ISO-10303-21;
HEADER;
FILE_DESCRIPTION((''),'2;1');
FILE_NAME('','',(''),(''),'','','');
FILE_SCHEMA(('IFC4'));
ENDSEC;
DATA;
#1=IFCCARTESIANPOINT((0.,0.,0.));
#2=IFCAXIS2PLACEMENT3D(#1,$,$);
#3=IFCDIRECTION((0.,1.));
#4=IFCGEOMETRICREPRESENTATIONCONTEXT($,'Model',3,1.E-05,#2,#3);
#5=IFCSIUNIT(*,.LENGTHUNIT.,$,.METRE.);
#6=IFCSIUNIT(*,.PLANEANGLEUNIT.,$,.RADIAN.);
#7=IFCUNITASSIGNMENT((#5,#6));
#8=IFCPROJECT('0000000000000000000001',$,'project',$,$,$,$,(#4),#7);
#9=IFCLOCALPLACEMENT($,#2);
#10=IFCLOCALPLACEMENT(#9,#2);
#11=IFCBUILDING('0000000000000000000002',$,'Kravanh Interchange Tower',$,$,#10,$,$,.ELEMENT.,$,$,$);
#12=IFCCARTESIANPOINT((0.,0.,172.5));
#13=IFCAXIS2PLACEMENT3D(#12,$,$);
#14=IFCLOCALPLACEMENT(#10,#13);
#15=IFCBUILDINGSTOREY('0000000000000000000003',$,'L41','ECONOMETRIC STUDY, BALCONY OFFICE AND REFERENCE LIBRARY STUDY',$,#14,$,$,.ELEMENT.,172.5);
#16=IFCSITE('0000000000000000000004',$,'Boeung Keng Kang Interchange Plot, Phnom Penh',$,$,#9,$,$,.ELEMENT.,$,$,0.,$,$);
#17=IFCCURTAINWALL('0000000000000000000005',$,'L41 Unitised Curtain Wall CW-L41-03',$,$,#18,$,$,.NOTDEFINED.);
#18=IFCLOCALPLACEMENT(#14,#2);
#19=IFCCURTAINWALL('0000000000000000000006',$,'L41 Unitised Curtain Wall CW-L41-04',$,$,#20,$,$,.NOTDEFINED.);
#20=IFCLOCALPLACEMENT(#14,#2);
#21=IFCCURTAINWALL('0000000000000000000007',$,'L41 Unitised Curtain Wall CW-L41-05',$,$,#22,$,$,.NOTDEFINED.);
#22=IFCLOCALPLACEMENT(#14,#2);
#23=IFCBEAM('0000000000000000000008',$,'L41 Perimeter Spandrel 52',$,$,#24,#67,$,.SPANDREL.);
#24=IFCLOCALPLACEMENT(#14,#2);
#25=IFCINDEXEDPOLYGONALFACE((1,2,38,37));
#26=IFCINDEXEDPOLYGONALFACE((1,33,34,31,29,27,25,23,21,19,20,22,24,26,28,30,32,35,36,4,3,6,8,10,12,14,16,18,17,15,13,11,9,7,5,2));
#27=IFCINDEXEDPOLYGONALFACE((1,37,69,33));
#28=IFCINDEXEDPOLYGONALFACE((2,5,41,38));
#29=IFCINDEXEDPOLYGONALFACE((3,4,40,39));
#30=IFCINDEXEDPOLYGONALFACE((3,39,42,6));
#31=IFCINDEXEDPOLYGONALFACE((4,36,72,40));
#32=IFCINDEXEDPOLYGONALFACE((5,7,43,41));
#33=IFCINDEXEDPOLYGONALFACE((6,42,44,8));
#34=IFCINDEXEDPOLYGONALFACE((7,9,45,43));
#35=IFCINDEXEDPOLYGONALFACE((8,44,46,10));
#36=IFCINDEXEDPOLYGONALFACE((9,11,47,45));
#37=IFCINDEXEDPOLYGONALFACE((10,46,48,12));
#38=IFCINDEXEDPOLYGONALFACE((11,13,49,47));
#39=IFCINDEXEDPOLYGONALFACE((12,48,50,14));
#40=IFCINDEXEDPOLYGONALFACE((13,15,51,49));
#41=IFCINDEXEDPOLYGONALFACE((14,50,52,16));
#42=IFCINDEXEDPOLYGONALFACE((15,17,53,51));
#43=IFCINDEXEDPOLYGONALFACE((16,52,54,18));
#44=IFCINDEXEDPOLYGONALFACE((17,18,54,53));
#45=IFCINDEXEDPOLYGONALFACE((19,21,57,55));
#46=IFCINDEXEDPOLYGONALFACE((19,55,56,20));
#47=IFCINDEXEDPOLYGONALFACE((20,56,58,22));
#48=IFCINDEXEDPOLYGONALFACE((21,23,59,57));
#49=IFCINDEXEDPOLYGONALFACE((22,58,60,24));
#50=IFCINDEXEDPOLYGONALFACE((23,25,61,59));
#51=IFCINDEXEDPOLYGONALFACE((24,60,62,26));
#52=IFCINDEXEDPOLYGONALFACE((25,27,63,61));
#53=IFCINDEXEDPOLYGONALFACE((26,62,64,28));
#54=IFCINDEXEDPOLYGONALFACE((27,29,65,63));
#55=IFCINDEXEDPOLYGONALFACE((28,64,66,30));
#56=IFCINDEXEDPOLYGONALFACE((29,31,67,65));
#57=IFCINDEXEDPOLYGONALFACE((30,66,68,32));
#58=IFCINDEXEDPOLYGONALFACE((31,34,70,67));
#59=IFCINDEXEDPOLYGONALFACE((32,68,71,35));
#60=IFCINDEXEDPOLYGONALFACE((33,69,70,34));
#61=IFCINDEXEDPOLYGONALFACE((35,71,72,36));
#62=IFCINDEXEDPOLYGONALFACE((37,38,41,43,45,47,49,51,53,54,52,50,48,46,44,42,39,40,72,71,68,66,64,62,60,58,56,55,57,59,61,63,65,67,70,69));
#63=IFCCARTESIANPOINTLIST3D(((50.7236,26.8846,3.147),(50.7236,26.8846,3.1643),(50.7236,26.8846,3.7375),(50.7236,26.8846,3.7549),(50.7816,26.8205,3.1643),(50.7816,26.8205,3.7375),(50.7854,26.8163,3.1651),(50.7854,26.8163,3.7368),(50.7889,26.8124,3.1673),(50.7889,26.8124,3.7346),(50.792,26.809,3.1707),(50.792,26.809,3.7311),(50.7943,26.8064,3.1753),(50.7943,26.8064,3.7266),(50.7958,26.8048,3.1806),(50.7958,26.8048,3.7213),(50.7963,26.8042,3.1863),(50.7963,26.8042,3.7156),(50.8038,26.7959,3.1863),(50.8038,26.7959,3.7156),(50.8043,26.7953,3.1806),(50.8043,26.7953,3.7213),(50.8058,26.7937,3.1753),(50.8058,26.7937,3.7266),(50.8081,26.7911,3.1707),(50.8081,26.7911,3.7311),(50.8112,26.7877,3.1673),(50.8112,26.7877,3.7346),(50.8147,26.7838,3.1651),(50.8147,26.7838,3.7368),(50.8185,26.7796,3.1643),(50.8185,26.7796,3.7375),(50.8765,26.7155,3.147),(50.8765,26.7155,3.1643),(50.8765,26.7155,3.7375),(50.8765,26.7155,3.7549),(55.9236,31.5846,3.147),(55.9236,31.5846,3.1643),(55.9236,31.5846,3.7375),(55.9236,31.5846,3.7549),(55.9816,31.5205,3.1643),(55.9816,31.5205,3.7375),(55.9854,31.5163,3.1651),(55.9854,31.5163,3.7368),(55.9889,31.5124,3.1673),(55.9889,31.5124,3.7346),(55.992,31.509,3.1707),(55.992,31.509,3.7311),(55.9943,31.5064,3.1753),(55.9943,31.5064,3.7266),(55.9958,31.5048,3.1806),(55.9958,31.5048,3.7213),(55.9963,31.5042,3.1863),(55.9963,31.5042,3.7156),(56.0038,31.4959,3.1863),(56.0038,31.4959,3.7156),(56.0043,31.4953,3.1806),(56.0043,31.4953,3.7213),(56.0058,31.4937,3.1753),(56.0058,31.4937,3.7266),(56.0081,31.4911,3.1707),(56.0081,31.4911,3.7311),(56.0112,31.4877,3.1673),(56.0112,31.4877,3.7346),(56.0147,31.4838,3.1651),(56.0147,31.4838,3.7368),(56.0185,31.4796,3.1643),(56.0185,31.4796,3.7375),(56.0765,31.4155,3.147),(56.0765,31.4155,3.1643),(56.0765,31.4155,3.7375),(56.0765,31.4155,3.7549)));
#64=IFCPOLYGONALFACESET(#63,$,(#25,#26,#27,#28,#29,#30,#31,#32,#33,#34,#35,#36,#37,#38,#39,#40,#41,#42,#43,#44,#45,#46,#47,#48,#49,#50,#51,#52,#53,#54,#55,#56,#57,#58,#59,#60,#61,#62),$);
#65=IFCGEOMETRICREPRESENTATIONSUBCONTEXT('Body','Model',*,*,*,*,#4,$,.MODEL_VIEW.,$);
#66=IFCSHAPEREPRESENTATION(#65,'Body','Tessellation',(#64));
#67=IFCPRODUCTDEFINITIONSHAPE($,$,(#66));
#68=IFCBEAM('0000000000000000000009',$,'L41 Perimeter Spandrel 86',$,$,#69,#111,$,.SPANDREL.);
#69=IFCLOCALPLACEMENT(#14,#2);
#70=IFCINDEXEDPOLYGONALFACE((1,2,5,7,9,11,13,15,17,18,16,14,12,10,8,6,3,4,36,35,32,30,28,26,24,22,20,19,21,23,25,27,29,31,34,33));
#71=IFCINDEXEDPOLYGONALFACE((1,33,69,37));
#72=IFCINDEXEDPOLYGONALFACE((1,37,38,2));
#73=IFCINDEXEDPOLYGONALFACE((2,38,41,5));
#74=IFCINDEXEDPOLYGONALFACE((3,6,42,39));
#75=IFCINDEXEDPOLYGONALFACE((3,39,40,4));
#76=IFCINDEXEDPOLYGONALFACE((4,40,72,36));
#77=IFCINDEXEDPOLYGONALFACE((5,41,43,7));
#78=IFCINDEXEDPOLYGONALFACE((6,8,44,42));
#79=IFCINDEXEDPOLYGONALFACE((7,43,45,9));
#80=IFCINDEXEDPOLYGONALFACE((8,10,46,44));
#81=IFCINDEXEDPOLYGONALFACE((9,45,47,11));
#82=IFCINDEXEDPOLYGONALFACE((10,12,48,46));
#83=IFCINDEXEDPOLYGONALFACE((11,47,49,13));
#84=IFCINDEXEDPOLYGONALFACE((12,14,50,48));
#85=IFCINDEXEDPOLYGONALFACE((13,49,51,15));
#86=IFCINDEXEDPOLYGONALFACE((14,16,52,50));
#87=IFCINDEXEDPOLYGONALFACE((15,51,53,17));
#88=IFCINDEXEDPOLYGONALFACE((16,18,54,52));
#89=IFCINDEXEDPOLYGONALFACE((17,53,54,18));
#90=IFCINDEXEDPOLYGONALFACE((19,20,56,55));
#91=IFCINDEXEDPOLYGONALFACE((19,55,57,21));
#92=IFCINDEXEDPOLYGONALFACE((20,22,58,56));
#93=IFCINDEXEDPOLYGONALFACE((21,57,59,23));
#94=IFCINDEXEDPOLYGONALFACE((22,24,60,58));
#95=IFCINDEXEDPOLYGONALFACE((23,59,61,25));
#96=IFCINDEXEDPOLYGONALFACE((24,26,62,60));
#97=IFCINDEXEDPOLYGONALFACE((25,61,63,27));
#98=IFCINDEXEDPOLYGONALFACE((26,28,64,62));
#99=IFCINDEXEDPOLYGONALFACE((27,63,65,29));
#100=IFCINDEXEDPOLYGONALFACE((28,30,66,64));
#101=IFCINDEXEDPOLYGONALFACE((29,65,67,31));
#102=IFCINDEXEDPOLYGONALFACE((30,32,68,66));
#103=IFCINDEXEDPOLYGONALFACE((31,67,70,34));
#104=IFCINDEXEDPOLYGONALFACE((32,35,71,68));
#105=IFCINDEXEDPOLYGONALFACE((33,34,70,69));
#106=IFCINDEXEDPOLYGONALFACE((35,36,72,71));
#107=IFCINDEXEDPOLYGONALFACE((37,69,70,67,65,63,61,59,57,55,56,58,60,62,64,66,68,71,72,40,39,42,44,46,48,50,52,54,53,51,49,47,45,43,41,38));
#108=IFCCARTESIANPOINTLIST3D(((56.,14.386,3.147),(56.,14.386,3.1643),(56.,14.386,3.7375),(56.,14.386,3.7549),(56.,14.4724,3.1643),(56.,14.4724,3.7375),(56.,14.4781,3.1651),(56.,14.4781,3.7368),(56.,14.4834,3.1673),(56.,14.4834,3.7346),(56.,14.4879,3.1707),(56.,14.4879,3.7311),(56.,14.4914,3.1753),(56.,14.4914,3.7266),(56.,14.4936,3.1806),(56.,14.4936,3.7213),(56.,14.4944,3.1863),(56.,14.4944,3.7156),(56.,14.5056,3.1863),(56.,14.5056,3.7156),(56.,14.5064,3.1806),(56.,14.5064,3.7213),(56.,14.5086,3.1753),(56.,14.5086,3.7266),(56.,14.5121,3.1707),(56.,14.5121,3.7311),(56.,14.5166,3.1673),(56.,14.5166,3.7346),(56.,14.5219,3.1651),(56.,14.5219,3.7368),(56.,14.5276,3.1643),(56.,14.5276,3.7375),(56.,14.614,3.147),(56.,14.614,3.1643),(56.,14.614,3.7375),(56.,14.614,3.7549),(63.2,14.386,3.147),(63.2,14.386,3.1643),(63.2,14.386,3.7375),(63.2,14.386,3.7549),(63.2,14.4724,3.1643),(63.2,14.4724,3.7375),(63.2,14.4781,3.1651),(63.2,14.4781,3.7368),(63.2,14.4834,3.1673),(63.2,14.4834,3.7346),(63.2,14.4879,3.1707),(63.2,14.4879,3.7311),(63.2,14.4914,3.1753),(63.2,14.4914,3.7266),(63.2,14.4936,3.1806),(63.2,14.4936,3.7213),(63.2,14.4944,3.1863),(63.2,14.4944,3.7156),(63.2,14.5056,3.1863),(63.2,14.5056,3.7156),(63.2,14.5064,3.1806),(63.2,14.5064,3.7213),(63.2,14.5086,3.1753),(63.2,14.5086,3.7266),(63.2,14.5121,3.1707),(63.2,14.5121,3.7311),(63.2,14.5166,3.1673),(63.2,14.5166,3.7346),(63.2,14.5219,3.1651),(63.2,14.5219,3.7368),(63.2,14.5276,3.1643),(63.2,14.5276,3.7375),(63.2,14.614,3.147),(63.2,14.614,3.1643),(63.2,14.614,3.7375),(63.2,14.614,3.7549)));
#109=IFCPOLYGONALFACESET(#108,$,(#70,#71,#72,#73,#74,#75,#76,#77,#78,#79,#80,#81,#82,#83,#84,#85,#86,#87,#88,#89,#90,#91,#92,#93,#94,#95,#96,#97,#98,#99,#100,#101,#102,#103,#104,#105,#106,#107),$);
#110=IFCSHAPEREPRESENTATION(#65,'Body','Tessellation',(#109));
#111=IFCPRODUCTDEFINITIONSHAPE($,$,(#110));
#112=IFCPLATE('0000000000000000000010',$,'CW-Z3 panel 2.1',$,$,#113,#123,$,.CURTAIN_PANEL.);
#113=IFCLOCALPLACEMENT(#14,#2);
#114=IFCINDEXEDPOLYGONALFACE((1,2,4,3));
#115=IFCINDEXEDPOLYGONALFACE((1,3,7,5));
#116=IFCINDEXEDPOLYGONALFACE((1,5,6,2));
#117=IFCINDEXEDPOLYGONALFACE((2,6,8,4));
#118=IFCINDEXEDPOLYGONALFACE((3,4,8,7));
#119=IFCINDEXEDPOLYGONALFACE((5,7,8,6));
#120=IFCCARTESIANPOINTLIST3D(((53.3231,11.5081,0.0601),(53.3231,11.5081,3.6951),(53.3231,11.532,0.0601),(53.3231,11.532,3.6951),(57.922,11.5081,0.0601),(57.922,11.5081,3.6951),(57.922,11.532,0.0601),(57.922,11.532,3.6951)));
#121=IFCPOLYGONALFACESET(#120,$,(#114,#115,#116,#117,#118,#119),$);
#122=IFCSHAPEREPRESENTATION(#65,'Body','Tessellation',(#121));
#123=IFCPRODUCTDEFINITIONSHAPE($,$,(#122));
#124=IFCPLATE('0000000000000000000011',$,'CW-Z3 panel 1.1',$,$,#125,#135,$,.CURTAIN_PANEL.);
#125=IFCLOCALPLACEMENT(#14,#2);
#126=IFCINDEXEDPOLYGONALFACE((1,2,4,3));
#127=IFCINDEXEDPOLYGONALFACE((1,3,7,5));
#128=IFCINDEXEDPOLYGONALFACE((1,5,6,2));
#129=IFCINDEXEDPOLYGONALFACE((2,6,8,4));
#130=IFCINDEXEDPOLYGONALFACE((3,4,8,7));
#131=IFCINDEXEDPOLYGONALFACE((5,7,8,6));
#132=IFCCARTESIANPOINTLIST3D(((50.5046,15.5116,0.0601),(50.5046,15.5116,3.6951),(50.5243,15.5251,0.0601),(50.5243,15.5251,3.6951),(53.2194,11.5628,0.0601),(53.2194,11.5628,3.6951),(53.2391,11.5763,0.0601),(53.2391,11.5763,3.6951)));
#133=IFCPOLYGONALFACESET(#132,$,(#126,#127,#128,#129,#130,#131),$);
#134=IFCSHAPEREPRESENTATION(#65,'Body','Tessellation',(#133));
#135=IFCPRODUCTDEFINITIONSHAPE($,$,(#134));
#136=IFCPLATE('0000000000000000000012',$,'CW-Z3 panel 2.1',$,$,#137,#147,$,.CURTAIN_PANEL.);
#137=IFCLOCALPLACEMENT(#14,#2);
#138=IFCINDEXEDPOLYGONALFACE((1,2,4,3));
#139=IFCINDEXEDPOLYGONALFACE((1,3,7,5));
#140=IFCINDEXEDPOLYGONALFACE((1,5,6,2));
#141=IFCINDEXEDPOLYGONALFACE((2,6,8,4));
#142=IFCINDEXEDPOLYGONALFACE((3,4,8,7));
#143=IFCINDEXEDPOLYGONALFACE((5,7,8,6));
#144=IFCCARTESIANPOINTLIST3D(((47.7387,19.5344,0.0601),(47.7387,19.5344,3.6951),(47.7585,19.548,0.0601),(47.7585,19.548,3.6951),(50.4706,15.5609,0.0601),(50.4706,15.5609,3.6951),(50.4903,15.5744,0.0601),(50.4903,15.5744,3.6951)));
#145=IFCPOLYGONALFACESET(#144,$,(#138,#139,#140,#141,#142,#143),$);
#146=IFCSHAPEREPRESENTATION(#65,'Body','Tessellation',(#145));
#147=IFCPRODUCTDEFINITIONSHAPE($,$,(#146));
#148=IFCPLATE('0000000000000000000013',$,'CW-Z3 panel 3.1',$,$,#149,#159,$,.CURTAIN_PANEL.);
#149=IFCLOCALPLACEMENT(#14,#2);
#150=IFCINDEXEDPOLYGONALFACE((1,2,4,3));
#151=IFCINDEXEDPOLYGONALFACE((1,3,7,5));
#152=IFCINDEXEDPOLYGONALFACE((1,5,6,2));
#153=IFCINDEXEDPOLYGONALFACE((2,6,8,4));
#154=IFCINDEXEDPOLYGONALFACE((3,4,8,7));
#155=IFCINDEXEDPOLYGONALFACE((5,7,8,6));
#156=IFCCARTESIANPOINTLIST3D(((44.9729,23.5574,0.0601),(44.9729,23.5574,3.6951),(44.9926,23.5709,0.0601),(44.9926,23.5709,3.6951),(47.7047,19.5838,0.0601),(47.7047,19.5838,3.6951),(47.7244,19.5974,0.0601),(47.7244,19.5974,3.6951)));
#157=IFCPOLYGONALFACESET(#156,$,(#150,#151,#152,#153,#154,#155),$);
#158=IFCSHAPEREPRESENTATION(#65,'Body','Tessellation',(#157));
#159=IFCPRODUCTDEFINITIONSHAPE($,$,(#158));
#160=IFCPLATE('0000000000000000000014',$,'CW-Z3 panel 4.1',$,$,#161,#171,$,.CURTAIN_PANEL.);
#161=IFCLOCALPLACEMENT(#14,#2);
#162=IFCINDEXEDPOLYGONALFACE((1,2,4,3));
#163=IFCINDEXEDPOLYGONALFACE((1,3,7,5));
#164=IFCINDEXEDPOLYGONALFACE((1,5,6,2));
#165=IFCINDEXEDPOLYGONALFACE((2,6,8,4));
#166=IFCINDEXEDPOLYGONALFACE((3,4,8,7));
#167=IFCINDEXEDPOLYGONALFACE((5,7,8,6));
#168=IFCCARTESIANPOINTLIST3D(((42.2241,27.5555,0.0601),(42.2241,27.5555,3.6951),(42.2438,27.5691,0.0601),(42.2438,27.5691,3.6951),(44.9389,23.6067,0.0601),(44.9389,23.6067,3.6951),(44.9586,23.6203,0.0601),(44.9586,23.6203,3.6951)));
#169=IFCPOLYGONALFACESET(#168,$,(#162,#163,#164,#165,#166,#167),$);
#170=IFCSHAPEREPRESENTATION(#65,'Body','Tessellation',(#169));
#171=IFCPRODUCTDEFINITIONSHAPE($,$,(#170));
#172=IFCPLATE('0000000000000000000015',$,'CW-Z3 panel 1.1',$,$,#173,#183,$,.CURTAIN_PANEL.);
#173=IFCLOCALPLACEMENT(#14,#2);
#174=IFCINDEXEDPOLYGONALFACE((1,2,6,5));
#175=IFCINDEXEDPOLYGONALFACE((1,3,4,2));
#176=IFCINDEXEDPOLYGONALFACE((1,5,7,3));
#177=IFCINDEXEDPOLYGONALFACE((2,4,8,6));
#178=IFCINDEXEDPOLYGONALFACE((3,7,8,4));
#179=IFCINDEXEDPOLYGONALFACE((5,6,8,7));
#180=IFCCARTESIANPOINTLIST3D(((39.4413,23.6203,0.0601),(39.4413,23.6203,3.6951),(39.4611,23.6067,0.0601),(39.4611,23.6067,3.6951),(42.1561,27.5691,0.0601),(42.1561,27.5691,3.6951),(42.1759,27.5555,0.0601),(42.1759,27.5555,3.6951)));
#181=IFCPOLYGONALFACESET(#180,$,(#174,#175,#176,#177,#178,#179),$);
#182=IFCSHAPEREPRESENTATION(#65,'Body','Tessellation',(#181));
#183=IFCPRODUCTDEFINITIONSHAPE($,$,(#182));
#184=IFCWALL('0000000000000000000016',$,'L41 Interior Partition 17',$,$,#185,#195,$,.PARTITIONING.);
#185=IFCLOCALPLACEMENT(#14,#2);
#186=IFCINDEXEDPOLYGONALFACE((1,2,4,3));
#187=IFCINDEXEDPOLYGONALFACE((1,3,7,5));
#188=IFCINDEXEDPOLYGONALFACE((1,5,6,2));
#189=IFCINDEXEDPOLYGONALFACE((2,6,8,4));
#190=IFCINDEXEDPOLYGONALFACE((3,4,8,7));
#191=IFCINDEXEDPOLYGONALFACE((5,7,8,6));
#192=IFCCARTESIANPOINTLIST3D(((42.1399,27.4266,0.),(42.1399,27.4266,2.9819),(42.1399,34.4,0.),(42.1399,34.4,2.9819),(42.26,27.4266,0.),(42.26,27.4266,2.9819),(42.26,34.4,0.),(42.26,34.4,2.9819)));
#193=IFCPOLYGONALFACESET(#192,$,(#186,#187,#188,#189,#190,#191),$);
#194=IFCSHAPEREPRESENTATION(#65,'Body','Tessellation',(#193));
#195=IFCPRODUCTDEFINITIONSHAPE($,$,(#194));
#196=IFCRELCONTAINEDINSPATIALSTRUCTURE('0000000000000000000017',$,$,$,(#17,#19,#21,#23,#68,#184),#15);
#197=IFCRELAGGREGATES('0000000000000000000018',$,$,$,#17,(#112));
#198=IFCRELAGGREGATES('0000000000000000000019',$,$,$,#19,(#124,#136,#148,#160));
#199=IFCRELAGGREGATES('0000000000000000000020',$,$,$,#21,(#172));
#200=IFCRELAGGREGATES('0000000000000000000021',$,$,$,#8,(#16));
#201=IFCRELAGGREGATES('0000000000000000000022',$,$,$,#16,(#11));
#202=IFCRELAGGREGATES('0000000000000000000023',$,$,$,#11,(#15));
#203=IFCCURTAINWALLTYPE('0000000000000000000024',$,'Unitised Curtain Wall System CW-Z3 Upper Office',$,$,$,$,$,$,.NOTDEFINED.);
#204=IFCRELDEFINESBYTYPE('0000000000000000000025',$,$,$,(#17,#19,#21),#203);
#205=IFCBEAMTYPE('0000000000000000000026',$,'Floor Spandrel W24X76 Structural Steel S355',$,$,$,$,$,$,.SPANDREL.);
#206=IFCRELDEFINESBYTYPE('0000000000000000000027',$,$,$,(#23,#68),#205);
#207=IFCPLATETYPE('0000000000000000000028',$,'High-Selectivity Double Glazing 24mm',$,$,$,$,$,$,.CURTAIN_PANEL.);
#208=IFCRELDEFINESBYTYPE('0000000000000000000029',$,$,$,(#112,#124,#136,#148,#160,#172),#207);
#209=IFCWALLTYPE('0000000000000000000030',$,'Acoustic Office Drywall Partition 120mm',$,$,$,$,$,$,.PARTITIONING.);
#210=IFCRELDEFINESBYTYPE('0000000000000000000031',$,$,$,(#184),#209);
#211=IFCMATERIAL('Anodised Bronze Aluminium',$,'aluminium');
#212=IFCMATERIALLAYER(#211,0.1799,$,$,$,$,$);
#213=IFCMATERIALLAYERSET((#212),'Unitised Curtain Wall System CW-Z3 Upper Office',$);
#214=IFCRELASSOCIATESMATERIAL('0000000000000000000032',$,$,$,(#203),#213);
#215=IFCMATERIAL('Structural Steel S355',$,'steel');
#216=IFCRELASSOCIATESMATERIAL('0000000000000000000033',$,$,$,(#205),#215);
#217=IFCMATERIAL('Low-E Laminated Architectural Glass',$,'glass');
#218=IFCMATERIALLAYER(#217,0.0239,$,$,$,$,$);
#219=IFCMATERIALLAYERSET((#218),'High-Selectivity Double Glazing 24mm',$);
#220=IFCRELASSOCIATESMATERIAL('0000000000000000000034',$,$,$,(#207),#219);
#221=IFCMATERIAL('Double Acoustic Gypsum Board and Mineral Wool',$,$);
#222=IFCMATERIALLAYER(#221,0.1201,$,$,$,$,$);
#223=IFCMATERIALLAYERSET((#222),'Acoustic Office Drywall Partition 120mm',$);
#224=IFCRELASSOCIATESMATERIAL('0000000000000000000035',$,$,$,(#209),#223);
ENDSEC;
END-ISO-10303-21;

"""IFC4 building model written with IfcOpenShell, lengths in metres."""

from ifc_helpers import new_model, si_unit, direction, frame, frame_2d, origin, origin_2d, place, context, subcontext, project, spatial, rectangle, i_section, extrude, material, layer, layer_set, material_profile, profile_set, type_object, element, aggregate, save


model = new_model("IFC4")

# Units and contexts
model_context = context("Model", 3, precision=1e-05, world=origin(), true_north=direction((0.0, 1.0)))
body_context = subcontext(model_context, "Body", "Model", "MODEL_VIEW")
ifc_project = project(units=[si_unit("LENGTHUNIT", "METRE"), si_unit("PLANEANGLEUNIT", "RADIAN")], contexts=[model_context])

# Site, building, storey
site_placement = place(None, origin())
site = spatial("IfcSite", under=ifc_project, at=site_placement, Name="Boeung Keng Kang Interchange Plot, Phnom Penh", CompositionType="ELEMENT", RefElevation=0.0)
building_placement = place(site_placement, origin())
building = spatial("IfcBuilding", under=site, at=building_placement, Name="Kravanh Interchange Tower", CompositionType="ELEMENT")
storey_placement = place(building_placement, frame((0.0, 0.0, 172.5)))
storey = spatial("IfcBuildingStorey", under=building, at=storey_placement, Name="L41", Description="ECONOMETRIC STUDY, BALCONY OFFICE AND REFERENCE LIBRARY STUDY", CompositionType="ELEMENT", Elevation=172.5)

# Curtain wall
ifc_material_1 = material(Name="Anodised Bronze Aluminium", Category="aluminium")
ifc_layer_1 = layer(ifc_material_1, 0.1799)
ifc_layer_set_1 = layer_set([ifc_layer_1], Name="Unitised Curtain Wall System CW-Z3 Upper Office")
curtain_wall_type = type_object("IfcCurtainWallType", Name="Unitised Curtain Wall System CW-Z3 Upper Office", PredefinedType="NOTDEFINED", material=ifc_layer_set_1)
curtain_wall_1_placement = place(storey_placement, origin())
curtain_wall_1 = element("IfcCurtainWall", 1, at=curtain_wall_1_placement, inside=storey, type_object=curtain_wall_type, Name="L41 Unitised Curtain Wall CW-L41-03", PredefinedType="NOTDEFINED")

# Curtain walls
curtain_wall_2_placement = place(storey_placement, origin())
curtain_wall_2 = element("IfcCurtainWall", 2, at=curtain_wall_2_placement, inside=storey, type_object=curtain_wall_type, Name="L41 Unitised Curtain Wall CW-L41-04", PredefinedType="NOTDEFINED")
curtain_wall_3_placement = place(storey_placement, origin())
curtain_wall_3 = element("IfcCurtainWall", 3, at=curtain_wall_3_placement, inside=storey, type_object=curtain_wall_type, Name="L41 Unitised Curtain Wall CW-L41-05", PredefinedType="NOTDEFINED")

# Beams
ifc_material_2 = material(Name="Structural Steel S355", Category="steel")
ifc_material_profile_1 = material_profile(ifc_material_2, i_section(OverallWidth=0.228, OverallDepth=0.6079, WebThickness=0.0112, FlangeThickness=0.0173, FilletRadius=0.022, at=origin_2d()), Name="W24X76")
ifc_profile_set_1 = profile_set([ifc_material_profile_1], Name="Structural Steel S355")
beam_type_1 = type_object("IfcBeamType", Name="Floor Spandrel W24X76 Structural Steel S355", PredefinedType="SPANDREL", material=ifc_profile_set_1)
beam_1_placement = place(storey_placement, frame((50.8, 26.8, 3.4509), z_axis=(0.741874, 0.670539, 0.0), x_axis=(-0.670539, 0.741874, 0.0)))
element("IfcBeam", 4, at=beam_1_placement, inside=storey, type_object=beam_type_1, Name="L41 Perimeter Spandrel 52", PredefinedType="SPANDREL", context=body_context, shape_type="SweptSolid", body=[
    extrude(i_section(OverallWidth=0.228, OverallDepth=0.6079, WebThickness=0.0112, FlangeThickness=0.0173, FilletRadius=0.022, at=origin_2d()), origin(), (0.0, 0.0, 1.0), 7.0093),
])
beam_2_placement = place(storey_placement, frame((56.0, 14.5, 3.4509), z_axis=(1.0, 0.0, 0.0), x_axis=(0.0, 1.0, 0.0)))
element("IfcBeam", 5, at=beam_2_placement, inside=storey, type_object=beam_type_1, Name="L41 Perimeter Spandrel 86", PredefinedType="SPANDREL", context=body_context, shape_type="SweptSolid", body=[
    extrude(i_section(OverallWidth=0.228, OverallDepth=0.6079, WebThickness=0.0112, FlangeThickness=0.0173, FilletRadius=0.022, at=origin_2d()), origin(), (0.0, 0.0, 1.0), 7.2),
])

# Plates
ifc_material_3 = material(Name="Low-E Laminated Architectural Glass", Category="glass")
ifc_layer_2 = layer(ifc_material_3, 0.0239)
ifc_layer_set_2 = layer_set([ifc_layer_2], Name="High-Selectivity Double Glazing 24mm")
plate_type = type_object("IfcPlateType", Name="High-Selectivity Double Glazing 24mm", PredefinedType="CURTAIN_PANEL", material=ifc_layer_set_2)
plate_1_placement = place(storey_placement, frame((55.6226, 11.52, 0.0601), z_axis=(0.0, 0.0, 1.0), x_axis=(-1.0, 0.0, 0.0)))
plate_1 = element("IfcPlate", 6, at=plate_1_placement, type_object=plate_type, Name="CW-Z3 panel 2.1", PredefinedType="CURTAIN_PANEL", context=body_context, shape_type="SweptSolid", body=[
    extrude(rectangle(XDim=4.5989, YDim=0.0239, at=origin_2d()), origin(), (0.0, 0.0, 1.0), 3.635),
])
aggregate(curtain_wall_1, [plate_1])
plate_2_placement = place(storey_placement, frame((51.8718, 13.5439, 0.0601), z_axis=(0.0, 0.0, 1.0), x_axis=(-0.566528, 0.824042, 0.0)))
plate_2 = element("IfcPlate", 7, at=plate_2_placement, type_object=plate_type, Name="CW-Z3 panel 1.1", PredefinedType="CURTAIN_PANEL", context=body_context, shape_type="SweptSolid", body=[
    extrude(rectangle(XDim=4.792, YDim=0.0239, at=origin_2d()), origin(), (0.0, 0.0, 1.0), 3.635),
])
plate_3_placement = place(storey_placement, frame((49.1145, 17.5544, 0.0601), z_axis=(0.0, 0.0, 1.0), x_axis=(-0.566528, 0.824042, 0.0)))
plate_3 = element("IfcPlate", 8, at=plate_3_placement, type_object=plate_type, Name="CW-Z3 panel 2.1", PredefinedType="CURTAIN_PANEL", context=body_context, shape_type="SweptSolid", body=[
    extrude(rectangle(XDim=4.822, YDim=0.0239, at=origin_2d()), origin(), (0.0, 0.0, 1.0), 3.635),
])
plate_4_placement = place(storey_placement, frame((46.3486, 21.5774, 0.0601), z_axis=(0.0, 0.0, 1.0), x_axis=(-0.566528, 0.824042, 0.0)))
plate_4 = element("IfcPlate", 9, at=plate_4_placement, type_object=plate_type, Name="CW-Z3 panel 3.1", PredefinedType="CURTAIN_PANEL", context=body_context, shape_type="SweptSolid", body=[
    extrude(rectangle(XDim=4.822, YDim=0.0239, at=origin_2d()), origin(), (0.0, 0.0, 1.0), 3.635),
])
plate_5_placement = place(storey_placement, frame((43.5913, 25.5879, 0.0601), z_axis=(0.0, 0.0, 1.0), x_axis=(-0.566528, 0.824042, 0.0)))
plate_5 = element("IfcPlate", 10, at=plate_5_placement, type_object=plate_type, Name="CW-Z3 panel 4.1", PredefinedType="CURTAIN_PANEL", context=body_context, shape_type="SweptSolid", body=[
    extrude(rectangle(XDim=4.792, YDim=0.0239, at=origin_2d()), origin(), (0.0, 0.0, 1.0), 3.635),
])
aggregate(curtain_wall_2, [plate_2, plate_3, plate_4, plate_5])
plate_6_placement = place(storey_placement, frame((40.8086, 25.5879, 0.0601), z_axis=(0.0, 0.0, 1.0), x_axis=(-0.566528, -0.824042, 0.0)))
plate_6 = element("IfcPlate", 11, at=plate_6_placement, type_object=plate_type, Name="CW-Z3 panel 1.1", PredefinedType="CURTAIN_PANEL", context=body_context, shape_type="SweptSolid", body=[
    extrude(rectangle(XDim=4.792, YDim=0.0239, at=origin_2d()), origin(), (0.0, 0.0, 1.0), 3.635),
])
aggregate(curtain_wall_3, [plate_6])

# Wall
ifc_material_4 = material(Name="Double Acoustic Gypsum Board and Mineral Wool")
ifc_layer_3 = layer(ifc_material_4, 0.1201)
ifc_layer_set_3 = layer_set([ifc_layer_3], Name="Acoustic Office Drywall Partition 120mm")
wall_type = type_object("IfcWallType", Name="Acoustic Office Drywall Partition 120mm", PredefinedType="PARTITIONING", material=ifc_layer_set_3)
wall_1_placement = place(storey_placement, frame((42.2, 27.4265, 0.0), z_axis=(0.0, 0.0, 1.0), x_axis=(0.0, 1.0, 0.0)))
element("IfcWall", 12, at=wall_1_placement, inside=storey, type_object=wall_type, Name="L41 Interior Partition 17", PredefinedType="PARTITIONING", context=body_context, shape_type="SweptSolid", body=[
    extrude(rectangle(XDim=6.9734, YDim=0.1201, at=frame_2d((3.4868, 0.0))), origin(), (0.0, 0.0, 1.0), 2.9819),
])

save(model, "model.ifc")
